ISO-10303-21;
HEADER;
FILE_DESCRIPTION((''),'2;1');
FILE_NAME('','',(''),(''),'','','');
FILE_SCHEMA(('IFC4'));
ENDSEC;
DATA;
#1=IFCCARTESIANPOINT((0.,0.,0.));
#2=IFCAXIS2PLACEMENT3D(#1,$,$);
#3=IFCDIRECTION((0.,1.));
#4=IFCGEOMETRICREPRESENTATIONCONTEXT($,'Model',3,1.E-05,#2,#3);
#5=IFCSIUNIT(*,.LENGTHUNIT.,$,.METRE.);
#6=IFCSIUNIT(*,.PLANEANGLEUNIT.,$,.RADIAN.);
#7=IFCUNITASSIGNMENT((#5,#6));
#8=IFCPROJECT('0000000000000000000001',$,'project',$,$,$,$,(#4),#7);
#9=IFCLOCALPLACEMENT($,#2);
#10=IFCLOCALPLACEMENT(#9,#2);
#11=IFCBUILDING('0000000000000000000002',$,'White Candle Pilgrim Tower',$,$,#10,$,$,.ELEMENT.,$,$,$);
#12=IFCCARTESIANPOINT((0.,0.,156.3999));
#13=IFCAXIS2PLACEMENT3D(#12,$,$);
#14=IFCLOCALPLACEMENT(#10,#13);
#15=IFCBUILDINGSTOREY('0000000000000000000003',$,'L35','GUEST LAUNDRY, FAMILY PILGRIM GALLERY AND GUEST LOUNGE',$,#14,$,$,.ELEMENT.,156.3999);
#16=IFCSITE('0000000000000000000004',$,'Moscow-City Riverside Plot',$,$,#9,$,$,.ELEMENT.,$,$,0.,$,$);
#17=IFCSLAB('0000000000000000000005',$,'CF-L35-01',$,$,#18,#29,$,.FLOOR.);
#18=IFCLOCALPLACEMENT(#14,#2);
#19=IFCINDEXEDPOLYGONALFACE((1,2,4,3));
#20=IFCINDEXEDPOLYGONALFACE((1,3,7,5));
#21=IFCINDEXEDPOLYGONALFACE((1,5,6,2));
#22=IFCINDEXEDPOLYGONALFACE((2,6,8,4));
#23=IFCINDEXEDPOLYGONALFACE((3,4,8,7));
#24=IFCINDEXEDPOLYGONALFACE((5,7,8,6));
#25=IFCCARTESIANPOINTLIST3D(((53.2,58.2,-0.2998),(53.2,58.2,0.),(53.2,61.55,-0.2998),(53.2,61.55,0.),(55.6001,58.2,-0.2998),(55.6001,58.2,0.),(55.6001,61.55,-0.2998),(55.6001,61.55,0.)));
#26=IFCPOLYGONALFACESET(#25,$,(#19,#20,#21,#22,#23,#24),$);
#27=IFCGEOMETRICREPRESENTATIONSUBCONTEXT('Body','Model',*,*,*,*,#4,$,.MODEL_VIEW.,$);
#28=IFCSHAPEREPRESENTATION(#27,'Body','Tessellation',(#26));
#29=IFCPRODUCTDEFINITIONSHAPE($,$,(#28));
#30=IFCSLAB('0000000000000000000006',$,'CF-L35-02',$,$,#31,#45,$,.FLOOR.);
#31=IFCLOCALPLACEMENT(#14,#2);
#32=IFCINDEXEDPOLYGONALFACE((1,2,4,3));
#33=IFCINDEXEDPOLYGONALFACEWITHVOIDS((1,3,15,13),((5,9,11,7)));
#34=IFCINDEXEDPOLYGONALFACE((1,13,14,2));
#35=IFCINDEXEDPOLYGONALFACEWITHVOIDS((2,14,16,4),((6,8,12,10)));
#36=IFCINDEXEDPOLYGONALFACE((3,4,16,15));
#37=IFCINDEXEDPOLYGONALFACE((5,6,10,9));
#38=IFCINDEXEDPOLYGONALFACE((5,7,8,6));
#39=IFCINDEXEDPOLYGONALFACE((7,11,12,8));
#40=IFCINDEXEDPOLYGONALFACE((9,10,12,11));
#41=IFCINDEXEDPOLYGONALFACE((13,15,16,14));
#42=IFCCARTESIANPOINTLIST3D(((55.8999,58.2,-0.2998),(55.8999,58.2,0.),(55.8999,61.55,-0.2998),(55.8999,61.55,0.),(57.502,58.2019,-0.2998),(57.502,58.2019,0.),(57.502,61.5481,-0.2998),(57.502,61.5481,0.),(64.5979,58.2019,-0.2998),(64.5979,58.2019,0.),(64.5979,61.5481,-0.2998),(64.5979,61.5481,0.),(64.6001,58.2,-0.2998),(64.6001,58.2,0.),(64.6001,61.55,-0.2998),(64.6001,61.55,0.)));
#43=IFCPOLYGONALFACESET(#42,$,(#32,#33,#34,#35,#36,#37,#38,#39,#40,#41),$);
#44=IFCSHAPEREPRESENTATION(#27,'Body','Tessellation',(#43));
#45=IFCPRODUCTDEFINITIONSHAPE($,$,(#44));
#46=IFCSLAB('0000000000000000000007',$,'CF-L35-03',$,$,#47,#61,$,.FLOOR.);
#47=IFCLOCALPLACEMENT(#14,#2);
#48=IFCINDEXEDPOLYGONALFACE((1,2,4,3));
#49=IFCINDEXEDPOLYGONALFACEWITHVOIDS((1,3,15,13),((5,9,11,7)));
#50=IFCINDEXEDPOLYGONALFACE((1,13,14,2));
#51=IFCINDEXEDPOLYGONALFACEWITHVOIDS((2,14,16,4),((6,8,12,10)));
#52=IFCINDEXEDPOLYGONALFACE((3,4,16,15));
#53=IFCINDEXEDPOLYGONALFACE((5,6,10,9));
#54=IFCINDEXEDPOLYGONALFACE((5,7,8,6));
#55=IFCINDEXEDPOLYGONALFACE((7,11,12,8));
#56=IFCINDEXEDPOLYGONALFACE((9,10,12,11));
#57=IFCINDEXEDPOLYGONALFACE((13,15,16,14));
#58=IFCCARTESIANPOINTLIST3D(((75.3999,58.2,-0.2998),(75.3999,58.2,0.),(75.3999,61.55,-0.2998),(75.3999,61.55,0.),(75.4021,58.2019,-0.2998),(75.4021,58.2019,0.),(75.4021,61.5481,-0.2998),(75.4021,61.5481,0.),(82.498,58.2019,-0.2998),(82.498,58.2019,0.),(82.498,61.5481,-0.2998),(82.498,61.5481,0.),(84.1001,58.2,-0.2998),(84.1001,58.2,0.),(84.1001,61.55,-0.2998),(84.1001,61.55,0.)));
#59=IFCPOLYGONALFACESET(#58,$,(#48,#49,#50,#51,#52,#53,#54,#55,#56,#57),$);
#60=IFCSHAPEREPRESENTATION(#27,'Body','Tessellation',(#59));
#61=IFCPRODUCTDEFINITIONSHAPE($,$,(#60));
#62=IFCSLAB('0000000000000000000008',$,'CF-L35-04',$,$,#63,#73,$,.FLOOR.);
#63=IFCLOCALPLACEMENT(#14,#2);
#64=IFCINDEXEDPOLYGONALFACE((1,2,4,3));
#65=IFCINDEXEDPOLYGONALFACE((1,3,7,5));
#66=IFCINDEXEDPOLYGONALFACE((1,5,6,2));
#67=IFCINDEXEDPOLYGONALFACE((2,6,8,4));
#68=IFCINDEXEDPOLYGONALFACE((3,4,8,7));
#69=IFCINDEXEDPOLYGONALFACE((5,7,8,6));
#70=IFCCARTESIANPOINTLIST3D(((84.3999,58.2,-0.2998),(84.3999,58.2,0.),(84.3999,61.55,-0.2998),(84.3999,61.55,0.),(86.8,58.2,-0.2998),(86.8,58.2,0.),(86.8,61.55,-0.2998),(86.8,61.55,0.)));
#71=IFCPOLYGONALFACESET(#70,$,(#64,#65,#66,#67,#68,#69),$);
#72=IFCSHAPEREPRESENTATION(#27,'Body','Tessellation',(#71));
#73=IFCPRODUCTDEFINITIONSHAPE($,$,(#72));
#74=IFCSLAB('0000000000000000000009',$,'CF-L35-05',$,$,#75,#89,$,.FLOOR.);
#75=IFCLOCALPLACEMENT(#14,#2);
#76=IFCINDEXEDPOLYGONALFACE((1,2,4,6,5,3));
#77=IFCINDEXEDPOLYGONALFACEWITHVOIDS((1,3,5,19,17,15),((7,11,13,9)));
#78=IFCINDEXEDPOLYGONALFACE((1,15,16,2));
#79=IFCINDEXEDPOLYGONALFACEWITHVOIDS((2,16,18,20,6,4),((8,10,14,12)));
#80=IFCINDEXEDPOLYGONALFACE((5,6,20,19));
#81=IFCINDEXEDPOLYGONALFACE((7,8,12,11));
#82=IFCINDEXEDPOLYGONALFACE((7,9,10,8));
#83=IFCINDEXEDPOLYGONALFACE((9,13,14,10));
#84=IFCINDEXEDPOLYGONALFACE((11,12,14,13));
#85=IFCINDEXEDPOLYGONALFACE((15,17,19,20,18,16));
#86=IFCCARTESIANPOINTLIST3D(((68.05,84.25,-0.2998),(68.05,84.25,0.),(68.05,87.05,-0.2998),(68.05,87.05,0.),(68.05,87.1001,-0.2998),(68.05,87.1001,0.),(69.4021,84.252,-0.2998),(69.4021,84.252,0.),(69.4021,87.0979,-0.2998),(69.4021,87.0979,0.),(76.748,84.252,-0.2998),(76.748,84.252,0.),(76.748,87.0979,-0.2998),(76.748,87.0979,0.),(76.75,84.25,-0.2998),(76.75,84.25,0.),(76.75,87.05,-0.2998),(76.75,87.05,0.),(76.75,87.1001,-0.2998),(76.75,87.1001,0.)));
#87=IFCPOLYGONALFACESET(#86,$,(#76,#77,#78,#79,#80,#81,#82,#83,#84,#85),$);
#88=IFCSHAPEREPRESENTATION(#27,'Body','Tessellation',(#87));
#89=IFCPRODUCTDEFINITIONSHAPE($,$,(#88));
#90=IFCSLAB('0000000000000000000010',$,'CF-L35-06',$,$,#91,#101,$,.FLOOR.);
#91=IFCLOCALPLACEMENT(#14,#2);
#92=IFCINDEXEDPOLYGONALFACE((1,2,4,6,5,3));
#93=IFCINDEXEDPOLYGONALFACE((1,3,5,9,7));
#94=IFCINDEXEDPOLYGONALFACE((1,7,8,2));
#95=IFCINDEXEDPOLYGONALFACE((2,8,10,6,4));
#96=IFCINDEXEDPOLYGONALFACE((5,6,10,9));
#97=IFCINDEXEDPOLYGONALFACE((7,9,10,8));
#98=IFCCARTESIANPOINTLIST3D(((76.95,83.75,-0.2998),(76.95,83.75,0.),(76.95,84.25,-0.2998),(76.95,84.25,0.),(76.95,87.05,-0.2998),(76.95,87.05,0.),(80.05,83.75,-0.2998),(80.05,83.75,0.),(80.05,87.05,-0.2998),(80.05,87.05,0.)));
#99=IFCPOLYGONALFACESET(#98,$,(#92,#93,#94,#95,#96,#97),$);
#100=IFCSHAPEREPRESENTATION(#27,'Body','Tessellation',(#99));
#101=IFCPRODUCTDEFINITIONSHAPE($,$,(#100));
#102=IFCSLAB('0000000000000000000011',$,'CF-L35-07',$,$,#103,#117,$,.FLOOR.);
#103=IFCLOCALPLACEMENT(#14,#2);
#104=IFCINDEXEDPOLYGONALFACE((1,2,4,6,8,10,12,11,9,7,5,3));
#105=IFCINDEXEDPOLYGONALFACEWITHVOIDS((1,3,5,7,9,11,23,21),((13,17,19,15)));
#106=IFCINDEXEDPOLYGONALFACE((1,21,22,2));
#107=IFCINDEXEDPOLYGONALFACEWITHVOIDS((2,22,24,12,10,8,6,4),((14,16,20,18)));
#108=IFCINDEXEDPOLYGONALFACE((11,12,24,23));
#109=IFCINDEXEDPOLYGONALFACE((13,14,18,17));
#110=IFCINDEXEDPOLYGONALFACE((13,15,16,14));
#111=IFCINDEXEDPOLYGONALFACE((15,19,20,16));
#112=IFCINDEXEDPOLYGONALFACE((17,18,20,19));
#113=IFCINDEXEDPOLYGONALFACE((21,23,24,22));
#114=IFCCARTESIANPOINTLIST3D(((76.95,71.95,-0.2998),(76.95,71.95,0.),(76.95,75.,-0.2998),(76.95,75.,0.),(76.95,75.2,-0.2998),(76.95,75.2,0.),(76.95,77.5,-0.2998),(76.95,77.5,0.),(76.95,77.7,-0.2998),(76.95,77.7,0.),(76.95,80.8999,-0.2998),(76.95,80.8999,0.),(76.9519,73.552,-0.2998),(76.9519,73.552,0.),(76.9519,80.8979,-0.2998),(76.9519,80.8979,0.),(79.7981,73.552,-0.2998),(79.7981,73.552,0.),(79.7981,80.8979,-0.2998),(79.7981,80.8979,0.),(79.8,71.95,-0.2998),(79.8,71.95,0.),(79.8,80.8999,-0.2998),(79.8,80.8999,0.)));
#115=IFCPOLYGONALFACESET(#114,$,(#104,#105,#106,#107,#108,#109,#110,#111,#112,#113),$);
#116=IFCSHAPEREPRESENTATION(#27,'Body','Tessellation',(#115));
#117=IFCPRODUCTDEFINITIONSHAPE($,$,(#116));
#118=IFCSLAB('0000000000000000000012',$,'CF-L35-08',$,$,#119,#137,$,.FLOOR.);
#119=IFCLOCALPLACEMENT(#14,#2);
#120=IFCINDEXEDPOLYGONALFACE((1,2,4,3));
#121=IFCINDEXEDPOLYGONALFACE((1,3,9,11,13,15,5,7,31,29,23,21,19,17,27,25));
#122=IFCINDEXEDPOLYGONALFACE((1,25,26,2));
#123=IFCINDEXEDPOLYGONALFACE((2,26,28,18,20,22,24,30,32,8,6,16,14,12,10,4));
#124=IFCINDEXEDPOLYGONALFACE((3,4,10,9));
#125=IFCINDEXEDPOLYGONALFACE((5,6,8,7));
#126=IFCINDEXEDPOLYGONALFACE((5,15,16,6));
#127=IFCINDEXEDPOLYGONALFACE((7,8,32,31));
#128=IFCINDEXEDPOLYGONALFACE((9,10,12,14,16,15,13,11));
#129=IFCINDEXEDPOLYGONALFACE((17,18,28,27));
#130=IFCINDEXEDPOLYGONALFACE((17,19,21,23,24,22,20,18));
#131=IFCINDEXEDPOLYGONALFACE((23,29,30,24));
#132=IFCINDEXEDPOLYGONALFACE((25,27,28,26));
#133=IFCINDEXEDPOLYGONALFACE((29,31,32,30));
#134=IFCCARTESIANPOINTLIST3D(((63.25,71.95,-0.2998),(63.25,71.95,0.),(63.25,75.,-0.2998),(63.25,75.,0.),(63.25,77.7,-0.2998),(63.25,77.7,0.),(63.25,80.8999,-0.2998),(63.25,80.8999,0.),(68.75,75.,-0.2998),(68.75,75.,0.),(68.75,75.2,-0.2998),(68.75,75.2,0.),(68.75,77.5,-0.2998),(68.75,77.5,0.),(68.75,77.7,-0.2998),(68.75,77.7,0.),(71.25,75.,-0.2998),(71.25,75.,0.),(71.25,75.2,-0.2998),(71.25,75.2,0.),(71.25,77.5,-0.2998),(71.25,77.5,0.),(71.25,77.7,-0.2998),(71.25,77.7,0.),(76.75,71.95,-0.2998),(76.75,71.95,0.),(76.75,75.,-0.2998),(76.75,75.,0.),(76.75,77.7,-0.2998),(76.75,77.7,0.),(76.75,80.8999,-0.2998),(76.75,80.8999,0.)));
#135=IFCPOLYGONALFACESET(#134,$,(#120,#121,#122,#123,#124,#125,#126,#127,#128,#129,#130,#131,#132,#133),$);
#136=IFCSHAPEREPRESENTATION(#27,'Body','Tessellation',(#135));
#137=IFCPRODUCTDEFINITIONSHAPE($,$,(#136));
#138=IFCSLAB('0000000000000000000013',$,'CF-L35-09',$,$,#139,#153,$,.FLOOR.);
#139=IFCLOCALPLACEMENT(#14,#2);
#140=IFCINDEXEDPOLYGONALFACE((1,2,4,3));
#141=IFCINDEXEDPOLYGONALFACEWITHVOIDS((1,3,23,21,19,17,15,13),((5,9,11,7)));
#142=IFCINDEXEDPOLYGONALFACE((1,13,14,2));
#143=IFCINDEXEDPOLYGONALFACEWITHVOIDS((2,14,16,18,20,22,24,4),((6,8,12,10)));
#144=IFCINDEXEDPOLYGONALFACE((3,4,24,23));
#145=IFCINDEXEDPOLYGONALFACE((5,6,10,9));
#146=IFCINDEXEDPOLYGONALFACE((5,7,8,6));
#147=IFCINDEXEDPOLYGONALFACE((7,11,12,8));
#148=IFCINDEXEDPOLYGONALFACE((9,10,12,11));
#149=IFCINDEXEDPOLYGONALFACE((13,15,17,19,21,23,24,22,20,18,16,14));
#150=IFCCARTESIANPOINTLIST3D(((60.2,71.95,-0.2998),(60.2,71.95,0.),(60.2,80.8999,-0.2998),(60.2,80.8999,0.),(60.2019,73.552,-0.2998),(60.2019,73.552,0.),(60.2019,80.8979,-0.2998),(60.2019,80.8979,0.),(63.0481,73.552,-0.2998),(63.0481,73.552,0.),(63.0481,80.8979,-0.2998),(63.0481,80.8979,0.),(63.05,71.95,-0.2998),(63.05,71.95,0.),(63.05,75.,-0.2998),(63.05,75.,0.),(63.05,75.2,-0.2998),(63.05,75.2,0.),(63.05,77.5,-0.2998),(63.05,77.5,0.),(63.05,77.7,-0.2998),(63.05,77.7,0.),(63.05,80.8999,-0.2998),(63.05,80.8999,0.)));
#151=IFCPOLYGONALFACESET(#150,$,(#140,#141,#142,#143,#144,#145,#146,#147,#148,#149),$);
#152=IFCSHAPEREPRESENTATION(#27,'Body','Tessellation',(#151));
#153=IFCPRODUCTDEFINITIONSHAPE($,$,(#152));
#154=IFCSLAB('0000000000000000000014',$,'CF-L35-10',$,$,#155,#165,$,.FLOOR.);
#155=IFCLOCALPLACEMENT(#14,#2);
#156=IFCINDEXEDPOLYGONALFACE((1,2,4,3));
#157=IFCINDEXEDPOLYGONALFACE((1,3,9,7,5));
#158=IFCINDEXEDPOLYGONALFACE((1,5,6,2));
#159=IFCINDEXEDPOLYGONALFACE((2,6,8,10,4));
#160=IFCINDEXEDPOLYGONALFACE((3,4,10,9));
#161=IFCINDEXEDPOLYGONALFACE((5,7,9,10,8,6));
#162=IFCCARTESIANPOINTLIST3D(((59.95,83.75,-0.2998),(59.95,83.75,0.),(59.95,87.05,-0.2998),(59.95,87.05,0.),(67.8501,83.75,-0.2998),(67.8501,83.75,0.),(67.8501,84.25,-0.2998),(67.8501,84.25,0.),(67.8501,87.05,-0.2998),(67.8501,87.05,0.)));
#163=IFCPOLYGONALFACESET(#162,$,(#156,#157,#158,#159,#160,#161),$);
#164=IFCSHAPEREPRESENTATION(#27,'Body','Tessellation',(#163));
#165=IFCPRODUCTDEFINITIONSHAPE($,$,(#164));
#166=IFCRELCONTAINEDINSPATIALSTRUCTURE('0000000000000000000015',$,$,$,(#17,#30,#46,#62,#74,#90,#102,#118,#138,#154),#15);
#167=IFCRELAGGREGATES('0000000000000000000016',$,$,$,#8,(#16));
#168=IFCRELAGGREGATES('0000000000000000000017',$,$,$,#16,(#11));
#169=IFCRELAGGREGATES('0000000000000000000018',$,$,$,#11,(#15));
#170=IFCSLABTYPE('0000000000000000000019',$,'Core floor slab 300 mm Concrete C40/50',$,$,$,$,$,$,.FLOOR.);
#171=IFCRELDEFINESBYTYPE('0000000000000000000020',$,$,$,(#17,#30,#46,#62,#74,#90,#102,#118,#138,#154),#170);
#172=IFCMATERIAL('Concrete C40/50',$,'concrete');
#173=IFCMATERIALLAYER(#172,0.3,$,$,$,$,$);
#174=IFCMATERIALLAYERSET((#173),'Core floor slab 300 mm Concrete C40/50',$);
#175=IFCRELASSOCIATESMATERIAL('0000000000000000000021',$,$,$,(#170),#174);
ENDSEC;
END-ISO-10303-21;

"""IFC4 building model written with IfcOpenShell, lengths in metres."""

from ifc_helpers import new_model, si_unit, direction, frame, origin, place, context, subcontext, project, spatial, polyline, outline, extrude, material, layer, layer_set, type_object, element, save


model = new_model("IFC4")

# Units and contexts
model_context = context("Model", 3, precision=1e-05, world=origin(), true_north=direction((0.0, 1.0)))
body_context = subcontext(model_context, "Body", "Model", "MODEL_VIEW")
ifc_project = project(units=[si_unit("LENGTHUNIT", "METRE"), si_unit("PLANEANGLEUNIT", "RADIAN")], contexts=[model_context])

# Site, building, storey
site_placement = place(None, origin())
site = spatial("IfcSite", under=ifc_project, at=site_placement, Name="Moscow-City Riverside Plot", CompositionType="ELEMENT", RefElevation=0.0)
building_placement = place(site_placement, origin())
building = spatial("IfcBuilding", under=site, at=building_placement, Name="White Candle Pilgrim Tower", CompositionType="ELEMENT")
storey_placement = place(building_placement, frame((0.0, 0.0, 156.3999)))
storey = spatial("IfcBuildingStorey", under=building, at=storey_placement, Name="L35", Description="GUEST LAUNDRY, FAMILY PILGRIM GALLERY AND GUEST LOUNGE", CompositionType="ELEMENT", Elevation=156.3999)

# Slabs
ifc_material = material(Name="Concrete C40/50", Category="concrete")
ifc_layer_1 = layer(ifc_material, 0.3)
ifc_layer_set_1 = layer_set([ifc_layer_1], Name="Core floor slab 300 mm Concrete C40/50")
slab_type_1 = type_object("IfcSlabType", Name="Core floor slab 300 mm Concrete C40/50", PredefinedType="FLOOR", material=ifc_layer_set_1)
slab_1_placement = place(storey_placement, frame((0.0, 0.0, -0.2998)))
element("IfcSlab", 1, at=slab_1_placement, inside=storey, type_object=slab_type_1, Name="CF-L35-01", PredefinedType="FLOOR", context=body_context, shape_type="SweptSolid", body=[
    extrude(outline(polyline([(55.6001, 58.2), (53.2, 58.2), (53.2, 61.55), (55.6001, 61.55), (55.6001, 58.2)])), origin(), (0.0, 0.0, 1.0), 0.2998),
])
slab_2_placement = place(storey_placement, frame((0.0, 0.0, -0.2998)))
element("IfcSlab", 2, at=slab_2_placement, inside=storey, type_object=slab_type_1, Name="CF-L35-02", PredefinedType="FLOOR", context=body_context, shape_type="SweptSolid", body=[
    extrude(outline(polyline([(55.8999, 58.2), (55.8999, 61.55), (64.6001, 61.55), (64.6001, 58.2), (55.8999, 58.2)]), holes=[polyline([(57.502, 61.5481), (57.502, 58.2019), (64.5979, 58.2019), (64.5979, 61.5481), (57.502, 61.5481)])]), origin(), (0.0, 0.0, 1.0), 0.2998),
])
slab_3_placement = place(storey_placement, frame((0.0, 0.0, -0.2998)))
element("IfcSlab", 3, at=slab_3_placement, inside=storey, type_object=slab_type_1, Name="CF-L35-03", PredefinedType="FLOOR", context=body_context, shape_type="SweptSolid", body=[
    extrude(outline(polyline([(75.3999, 58.2), (75.3999, 61.55), (84.1001, 61.55), (84.1001, 58.2), (75.3999, 58.2)]), holes=[polyline([(82.498, 58.2019), (82.498, 61.5481), (75.4021, 61.5481), (75.4021, 58.2019), (82.498, 58.2019)])]), origin(), (0.0, 0.0, 1.0), 0.2998),
])
slab_4_placement = place(storey_placement, frame((0.0, 0.0, -0.2998)))
element("IfcSlab", 4, at=slab_4_placement, inside=storey, type_object=slab_type_1, Name="CF-L35-04", PredefinedType="FLOOR", context=body_context, shape_type="SweptSolid", body=[
    extrude(outline(polyline([(86.8, 58.2), (84.3999, 58.2), (84.3999, 61.55), (86.8, 61.55), (86.8, 58.2)])), origin(), (0.0, 0.0, 1.0), 0.2998),
])
slab_5_placement = place(storey_placement, frame((0.0, 0.0, -0.2998)))
element("IfcSlab", 5, at=slab_5_placement, inside=storey, type_object=slab_type_1, Name="CF-L35-05", PredefinedType="FLOOR", context=body_context, shape_type="SweptSolid", body=[
    extrude(outline(polyline([(76.75, 87.1001), (76.75, 87.05), (76.75, 84.25), (68.05, 84.25), (68.05, 87.05), (68.05, 87.1001), (76.75, 87.1001)]), holes=[polyline([(69.4021, 87.0979), (69.4021, 84.252), (76.748, 84.252), (76.748, 87.0979), (69.4021, 87.0979)])]), origin(), (0.0, 0.0, 1.0), 0.2998),
])
slab_6_placement = place(storey_placement, frame((0.0, 0.0, -0.2998)))
element("IfcSlab", 6, at=slab_6_placement, inside=storey, type_object=slab_type_1, Name="CF-L35-06", PredefinedType="FLOOR", context=body_context, shape_type="SweptSolid", body=[
    extrude(outline(polyline([(80.05, 87.05), (80.05, 83.75), (76.95, 83.75), (76.95, 84.25), (76.95, 87.05), (80.05, 87.05)])), origin(), (0.0, 0.0, 1.0), 0.2998),
])
slab_7_placement = place(storey_placement, frame((0.0, 0.0, -0.2998)))
element("IfcSlab", 7, at=slab_7_placement, inside=storey, type_object=slab_type_1, Name="CF-L35-07", PredefinedType="FLOOR", context=body_context, shape_type="SweptSolid", body=[
    extrude(outline(polyline([(76.95, 71.95), (76.95, 75.0), (76.95, 75.2), (76.95, 77.5), (76.95, 77.7), (76.95, 80.8999), (79.8, 80.8999), (79.8, 71.95), (76.95, 71.95)]), holes=[polyline([(76.9519, 73.552), (79.7981, 73.552), (79.7981, 80.8979), (76.9519, 80.8979), (76.9519, 73.552)])]), origin(), (0.0, 0.0, 1.0), 0.2998),
])
slab_8_placement = place(storey_placement, frame((0.0, 0.0, -0.2998)))
element("IfcSlab", 8, at=slab_8_placement, inside=storey, type_object=slab_type_1, Name="CF-L35-08", PredefinedType="FLOOR", context=body_context, shape_type="SweptSolid", body=[
    extrude(outline(polyline([(63.25, 71.95), (63.25, 75.0), (68.75, 75.0), (68.75, 75.2), (68.75, 77.5), (68.75, 77.7), (63.25, 77.7), (63.25, 80.8999), (76.75, 80.8999), (76.75, 77.7), (71.25, 77.7), (71.25, 77.5), (71.25, 75.2), (71.25, 75.0), (76.75, 75.0), (76.75, 71.95), (63.25, 71.95)])), origin(), (0.0, 0.0, 1.0), 0.2998),
])
slab_9_placement = place(storey_placement, frame((0.0, 0.0, -0.2998)))
element("IfcSlab", 9, at=slab_9_placement, inside=storey, type_object=slab_type_1, Name="CF-L35-09", PredefinedType="FLOOR", context=body_context, shape_type="SweptSolid", body=[
    extrude(outline(polyline([(60.2, 71.95), (60.2, 80.8999), (63.05, 80.8999), (63.05, 77.7), (63.05, 77.5), (63.05, 75.2), (63.05, 75.0), (63.05, 71.95), (60.2, 71.95)]), holes=[polyline([(60.2019, 73.552), (63.0481, 73.552), (63.0481, 80.8979), (60.2019, 80.8979), (60.2019, 73.552)])]), origin(), (0.0, 0.0, 1.0), 0.2998),
])
slab_10_placement = place(storey_placement, frame((0.0, 0.0, -0.2998)))
element("IfcSlab", 10, at=slab_10_placement, inside=storey, type_object=slab_type_1, Name="CF-L35-10", PredefinedType="FLOOR", context=body_context, shape_type="SweptSolid", body=[
    extrude(outline(polyline([(59.95, 87.05), (67.8501, 87.05), (67.8501, 84.25), (67.8501, 83.75), (59.95, 83.75), (59.95, 87.05)])), origin(), (0.0, 0.0, 1.0), 0.2998),
])

save(model, "model.ifc")
